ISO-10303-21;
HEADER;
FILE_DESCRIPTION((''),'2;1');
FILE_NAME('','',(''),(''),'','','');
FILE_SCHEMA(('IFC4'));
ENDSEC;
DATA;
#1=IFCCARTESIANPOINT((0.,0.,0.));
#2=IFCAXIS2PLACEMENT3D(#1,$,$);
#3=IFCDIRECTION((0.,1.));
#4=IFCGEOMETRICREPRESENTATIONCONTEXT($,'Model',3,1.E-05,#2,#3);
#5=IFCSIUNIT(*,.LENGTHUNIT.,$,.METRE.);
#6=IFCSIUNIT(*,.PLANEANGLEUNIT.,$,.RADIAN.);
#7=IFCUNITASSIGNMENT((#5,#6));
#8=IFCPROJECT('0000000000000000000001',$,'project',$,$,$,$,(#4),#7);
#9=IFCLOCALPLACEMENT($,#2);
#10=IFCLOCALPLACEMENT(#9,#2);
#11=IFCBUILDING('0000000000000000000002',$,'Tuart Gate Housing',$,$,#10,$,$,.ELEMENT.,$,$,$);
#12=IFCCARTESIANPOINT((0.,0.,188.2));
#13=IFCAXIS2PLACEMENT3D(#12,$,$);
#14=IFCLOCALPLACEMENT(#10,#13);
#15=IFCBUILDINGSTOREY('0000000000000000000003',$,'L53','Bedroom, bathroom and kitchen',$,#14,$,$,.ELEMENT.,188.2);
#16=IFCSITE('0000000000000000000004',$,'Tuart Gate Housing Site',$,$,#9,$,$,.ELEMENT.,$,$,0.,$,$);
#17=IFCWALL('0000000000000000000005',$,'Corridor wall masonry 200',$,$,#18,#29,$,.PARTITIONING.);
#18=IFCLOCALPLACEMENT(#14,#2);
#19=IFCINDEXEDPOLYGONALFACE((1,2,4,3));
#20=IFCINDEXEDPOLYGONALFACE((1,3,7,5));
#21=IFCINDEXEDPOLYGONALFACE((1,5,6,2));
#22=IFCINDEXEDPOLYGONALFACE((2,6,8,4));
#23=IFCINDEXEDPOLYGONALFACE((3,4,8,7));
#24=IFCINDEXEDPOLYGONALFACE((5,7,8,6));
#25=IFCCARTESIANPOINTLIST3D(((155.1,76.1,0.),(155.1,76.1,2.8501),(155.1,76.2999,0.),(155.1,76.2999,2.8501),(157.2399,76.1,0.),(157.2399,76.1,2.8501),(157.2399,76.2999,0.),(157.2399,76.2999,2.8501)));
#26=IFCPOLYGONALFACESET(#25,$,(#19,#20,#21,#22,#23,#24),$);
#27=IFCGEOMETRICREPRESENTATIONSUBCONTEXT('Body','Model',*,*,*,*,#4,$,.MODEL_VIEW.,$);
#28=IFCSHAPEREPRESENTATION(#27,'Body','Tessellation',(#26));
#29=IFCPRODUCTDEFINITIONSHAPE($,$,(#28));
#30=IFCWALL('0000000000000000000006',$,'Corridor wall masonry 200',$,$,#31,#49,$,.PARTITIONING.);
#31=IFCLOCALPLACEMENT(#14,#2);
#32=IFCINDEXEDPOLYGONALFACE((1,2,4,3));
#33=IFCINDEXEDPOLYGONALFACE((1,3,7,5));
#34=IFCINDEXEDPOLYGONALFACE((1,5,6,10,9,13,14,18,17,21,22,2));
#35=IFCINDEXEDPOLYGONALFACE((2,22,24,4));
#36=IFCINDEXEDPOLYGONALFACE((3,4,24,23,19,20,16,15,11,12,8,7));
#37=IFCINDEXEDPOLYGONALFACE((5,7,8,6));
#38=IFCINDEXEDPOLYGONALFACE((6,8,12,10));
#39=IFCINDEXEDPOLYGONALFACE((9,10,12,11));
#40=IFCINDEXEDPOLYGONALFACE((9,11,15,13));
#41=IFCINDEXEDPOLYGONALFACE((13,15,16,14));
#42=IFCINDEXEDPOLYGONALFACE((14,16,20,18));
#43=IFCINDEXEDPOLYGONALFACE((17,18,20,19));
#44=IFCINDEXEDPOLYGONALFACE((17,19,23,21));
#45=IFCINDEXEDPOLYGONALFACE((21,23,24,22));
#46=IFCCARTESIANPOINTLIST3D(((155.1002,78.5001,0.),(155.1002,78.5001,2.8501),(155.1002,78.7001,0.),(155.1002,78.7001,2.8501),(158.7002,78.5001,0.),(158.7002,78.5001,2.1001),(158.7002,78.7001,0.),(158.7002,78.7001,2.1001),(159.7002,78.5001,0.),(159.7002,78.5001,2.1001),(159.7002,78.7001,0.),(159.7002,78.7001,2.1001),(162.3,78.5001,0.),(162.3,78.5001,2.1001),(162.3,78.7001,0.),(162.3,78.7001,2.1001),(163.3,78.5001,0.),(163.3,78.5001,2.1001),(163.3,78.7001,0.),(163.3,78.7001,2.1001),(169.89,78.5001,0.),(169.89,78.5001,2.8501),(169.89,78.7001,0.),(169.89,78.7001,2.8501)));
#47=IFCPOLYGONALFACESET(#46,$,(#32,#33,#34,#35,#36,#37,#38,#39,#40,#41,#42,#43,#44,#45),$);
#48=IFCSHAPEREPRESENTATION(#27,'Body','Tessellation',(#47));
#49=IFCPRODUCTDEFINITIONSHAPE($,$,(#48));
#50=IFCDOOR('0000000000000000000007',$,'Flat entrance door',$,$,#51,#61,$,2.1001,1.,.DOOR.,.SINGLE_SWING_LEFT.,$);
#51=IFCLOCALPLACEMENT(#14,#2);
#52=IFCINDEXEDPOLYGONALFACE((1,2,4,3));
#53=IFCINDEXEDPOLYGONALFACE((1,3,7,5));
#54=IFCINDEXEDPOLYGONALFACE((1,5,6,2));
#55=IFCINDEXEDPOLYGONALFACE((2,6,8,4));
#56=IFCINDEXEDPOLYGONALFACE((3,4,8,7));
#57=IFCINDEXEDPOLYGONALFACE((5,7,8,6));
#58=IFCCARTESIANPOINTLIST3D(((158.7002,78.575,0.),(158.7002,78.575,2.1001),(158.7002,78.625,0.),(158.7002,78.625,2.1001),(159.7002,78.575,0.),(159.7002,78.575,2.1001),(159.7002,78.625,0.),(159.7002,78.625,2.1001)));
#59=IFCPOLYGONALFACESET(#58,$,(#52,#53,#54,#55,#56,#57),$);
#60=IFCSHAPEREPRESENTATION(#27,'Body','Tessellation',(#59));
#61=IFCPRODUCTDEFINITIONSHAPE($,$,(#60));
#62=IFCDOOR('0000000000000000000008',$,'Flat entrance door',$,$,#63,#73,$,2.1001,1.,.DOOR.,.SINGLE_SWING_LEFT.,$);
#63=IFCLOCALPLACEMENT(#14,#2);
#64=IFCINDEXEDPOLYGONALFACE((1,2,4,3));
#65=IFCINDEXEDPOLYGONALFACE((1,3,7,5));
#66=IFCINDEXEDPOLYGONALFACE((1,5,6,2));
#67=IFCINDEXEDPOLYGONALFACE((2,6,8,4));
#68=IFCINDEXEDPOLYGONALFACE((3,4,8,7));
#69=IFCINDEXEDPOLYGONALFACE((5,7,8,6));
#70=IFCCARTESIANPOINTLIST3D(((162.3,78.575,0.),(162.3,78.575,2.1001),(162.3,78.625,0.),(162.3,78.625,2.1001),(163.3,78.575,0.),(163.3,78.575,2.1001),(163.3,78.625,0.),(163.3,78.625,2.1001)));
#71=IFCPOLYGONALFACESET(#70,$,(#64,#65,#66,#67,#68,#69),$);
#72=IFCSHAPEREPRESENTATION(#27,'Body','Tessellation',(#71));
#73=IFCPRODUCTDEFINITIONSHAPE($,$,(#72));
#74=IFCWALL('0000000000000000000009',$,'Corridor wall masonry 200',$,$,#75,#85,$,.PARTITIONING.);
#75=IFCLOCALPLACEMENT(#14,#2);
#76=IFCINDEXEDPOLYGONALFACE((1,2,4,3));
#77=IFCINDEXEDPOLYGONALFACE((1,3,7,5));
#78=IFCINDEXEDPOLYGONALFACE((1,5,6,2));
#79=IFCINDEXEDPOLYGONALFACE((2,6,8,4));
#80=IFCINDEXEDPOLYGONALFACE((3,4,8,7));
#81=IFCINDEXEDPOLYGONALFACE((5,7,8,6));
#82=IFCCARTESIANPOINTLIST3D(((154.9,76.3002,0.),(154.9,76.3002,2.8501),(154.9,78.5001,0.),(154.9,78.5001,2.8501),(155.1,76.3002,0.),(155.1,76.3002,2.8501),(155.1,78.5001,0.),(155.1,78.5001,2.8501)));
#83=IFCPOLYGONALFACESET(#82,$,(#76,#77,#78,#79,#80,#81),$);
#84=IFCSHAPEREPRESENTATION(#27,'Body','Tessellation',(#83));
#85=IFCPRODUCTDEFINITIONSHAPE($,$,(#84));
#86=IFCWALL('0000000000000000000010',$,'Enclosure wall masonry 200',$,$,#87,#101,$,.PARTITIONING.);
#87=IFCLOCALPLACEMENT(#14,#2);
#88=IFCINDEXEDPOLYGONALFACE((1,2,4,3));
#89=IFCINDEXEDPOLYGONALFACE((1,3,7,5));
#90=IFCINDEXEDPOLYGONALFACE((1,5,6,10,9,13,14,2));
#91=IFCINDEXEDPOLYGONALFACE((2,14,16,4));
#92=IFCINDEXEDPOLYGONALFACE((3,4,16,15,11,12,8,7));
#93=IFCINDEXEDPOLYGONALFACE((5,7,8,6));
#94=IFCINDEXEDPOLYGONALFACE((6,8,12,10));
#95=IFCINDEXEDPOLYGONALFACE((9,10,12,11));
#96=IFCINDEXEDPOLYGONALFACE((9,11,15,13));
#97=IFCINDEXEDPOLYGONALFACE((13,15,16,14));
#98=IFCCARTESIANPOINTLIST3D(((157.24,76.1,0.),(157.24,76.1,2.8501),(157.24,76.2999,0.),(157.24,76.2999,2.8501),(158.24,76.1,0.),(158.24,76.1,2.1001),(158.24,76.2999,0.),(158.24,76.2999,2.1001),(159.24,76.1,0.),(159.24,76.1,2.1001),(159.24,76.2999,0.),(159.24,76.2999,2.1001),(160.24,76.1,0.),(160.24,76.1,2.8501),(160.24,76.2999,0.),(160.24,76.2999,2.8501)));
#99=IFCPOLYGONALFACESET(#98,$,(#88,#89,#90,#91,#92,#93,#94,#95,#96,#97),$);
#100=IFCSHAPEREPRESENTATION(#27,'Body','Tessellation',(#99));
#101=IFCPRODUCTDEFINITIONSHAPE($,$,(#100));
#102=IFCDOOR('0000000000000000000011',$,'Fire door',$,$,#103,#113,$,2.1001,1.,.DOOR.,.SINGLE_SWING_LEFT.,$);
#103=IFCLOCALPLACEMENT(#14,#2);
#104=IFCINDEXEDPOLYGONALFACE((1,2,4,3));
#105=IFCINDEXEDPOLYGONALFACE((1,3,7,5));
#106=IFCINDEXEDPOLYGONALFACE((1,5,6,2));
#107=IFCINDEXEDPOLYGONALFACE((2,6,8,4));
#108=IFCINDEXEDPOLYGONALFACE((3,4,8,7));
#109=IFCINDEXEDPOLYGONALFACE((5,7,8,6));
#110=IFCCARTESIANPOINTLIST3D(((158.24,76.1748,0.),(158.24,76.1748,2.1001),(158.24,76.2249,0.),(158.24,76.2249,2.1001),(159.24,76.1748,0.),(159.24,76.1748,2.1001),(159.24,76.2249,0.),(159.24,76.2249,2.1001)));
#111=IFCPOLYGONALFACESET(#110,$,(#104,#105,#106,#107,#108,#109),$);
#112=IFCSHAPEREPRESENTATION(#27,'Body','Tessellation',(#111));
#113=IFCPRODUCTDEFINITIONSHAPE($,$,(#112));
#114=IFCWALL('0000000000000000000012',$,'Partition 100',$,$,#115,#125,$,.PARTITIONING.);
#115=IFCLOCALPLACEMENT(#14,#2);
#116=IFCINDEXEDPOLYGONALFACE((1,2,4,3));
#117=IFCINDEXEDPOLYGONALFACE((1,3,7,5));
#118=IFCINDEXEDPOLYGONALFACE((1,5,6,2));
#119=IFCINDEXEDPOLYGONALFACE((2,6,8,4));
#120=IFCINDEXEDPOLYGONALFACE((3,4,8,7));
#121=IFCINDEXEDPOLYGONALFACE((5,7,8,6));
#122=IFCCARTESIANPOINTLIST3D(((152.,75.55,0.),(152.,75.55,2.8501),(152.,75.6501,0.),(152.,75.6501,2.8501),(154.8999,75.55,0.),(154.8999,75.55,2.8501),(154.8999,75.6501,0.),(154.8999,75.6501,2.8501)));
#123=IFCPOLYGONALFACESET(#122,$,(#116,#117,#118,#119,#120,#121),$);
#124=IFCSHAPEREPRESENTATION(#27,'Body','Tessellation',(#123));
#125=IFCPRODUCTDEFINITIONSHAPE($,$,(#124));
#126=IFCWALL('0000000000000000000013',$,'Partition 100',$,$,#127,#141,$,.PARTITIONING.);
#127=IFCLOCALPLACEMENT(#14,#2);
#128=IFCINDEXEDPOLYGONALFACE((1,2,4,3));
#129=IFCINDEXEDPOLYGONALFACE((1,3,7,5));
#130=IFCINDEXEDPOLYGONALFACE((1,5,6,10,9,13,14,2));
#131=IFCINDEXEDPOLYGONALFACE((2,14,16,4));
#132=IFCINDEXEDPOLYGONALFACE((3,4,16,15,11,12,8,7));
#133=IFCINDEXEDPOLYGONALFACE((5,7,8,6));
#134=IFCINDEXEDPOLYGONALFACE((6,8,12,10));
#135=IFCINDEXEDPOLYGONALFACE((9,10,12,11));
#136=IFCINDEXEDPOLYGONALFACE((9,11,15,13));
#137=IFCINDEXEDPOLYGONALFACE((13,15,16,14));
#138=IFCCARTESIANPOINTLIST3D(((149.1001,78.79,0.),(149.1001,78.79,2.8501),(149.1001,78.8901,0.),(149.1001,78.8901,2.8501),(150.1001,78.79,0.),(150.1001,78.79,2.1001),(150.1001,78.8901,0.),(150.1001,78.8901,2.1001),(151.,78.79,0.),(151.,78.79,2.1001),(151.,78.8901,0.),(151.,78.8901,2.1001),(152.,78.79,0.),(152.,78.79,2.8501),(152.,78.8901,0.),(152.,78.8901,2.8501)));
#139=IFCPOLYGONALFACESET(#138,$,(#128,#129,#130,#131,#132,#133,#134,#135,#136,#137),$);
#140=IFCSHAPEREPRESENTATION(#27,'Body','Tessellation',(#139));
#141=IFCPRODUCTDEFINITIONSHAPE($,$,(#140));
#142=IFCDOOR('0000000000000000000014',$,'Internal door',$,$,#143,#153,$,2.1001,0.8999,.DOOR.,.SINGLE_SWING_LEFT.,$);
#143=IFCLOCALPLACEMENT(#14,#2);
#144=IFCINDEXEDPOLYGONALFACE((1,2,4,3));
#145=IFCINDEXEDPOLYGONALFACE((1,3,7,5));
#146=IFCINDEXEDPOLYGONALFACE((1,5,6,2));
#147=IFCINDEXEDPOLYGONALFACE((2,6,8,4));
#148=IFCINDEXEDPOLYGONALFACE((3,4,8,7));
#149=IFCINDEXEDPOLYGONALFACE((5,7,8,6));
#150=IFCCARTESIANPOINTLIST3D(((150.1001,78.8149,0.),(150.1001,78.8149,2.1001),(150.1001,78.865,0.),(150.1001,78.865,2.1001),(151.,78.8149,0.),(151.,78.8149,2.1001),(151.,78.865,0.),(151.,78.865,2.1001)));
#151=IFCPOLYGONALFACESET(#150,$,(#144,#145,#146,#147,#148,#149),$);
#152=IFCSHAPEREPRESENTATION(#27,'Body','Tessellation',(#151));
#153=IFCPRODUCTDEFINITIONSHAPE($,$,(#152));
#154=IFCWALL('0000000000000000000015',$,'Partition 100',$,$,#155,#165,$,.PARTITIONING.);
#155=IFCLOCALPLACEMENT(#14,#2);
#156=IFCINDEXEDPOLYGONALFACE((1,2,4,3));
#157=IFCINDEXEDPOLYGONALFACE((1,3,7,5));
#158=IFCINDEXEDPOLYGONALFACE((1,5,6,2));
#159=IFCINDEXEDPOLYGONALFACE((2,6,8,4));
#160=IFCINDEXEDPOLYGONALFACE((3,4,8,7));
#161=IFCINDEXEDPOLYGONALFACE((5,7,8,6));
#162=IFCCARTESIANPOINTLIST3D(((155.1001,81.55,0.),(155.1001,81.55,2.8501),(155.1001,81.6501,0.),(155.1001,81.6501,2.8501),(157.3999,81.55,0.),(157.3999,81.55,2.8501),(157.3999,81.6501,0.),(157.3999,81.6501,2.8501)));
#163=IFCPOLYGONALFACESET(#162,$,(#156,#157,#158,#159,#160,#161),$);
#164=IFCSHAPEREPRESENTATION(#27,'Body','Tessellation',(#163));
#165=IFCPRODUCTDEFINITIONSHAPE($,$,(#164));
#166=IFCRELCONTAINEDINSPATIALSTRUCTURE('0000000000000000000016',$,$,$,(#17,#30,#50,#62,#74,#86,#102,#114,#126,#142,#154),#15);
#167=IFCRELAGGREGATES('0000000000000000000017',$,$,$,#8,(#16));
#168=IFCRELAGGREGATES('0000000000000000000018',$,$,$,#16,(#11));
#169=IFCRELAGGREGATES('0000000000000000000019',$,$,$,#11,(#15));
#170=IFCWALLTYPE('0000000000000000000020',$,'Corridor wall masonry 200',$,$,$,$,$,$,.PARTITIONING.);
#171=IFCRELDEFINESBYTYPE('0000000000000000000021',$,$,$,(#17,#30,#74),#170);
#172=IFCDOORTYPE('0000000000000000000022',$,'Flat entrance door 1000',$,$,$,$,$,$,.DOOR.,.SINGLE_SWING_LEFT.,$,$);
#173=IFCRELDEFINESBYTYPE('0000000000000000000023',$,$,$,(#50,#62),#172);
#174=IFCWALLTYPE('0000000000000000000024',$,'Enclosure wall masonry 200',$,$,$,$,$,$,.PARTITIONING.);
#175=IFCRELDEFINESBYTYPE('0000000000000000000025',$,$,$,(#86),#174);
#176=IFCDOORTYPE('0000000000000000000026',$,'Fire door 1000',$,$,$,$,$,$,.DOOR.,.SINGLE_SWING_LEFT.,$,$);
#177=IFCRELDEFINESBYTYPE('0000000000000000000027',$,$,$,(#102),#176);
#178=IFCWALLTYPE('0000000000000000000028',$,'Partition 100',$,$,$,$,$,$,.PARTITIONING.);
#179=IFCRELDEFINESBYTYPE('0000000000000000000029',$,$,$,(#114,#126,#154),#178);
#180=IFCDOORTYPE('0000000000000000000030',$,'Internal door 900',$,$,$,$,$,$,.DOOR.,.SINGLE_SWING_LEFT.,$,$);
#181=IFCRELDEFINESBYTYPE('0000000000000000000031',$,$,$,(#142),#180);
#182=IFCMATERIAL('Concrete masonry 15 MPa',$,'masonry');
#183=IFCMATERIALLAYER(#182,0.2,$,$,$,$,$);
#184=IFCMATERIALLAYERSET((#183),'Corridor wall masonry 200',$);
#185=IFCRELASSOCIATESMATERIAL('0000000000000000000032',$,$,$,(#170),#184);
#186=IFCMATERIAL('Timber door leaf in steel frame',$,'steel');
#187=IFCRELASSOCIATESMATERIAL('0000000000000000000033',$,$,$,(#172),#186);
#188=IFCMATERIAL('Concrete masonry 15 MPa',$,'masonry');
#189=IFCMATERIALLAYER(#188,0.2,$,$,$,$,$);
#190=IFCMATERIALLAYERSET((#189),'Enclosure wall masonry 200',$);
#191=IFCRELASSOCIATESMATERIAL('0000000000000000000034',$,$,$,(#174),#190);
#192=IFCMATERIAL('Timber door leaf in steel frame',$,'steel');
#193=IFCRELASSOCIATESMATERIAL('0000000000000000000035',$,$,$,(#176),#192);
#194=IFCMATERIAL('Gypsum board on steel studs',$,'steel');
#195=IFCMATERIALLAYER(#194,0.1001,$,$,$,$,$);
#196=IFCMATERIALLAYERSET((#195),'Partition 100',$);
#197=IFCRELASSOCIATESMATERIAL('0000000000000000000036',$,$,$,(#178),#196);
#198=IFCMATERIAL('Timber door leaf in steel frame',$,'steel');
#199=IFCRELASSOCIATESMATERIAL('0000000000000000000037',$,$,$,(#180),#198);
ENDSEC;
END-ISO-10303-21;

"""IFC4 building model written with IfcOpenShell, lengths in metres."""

from ifc_helpers import new_model, si_unit, direction, frame, frame_2d, origin, place, context, subcontext, project, spatial, rectangle, extrude, material, layer, layer_set, type_object, element, fill, save


model = new_model("IFC4")

# Units and contexts
model_context = context("Model", 3, precision=1e-05, world=origin(), true_north=direction((0.0, 1.0)))
body_context = subcontext(model_context, "Body", "Model", "MODEL_VIEW")
ifc_project = project(units=[si_unit("LENGTHUNIT", "METRE"), si_unit("PLANEANGLEUNIT", "RADIAN")], contexts=[model_context])

# Site, building, storey
site_placement = place(None, origin())
site = spatial("IfcSite", under=ifc_project, at=site_placement, Name="Tuart Gate Housing Site", CompositionType="ELEMENT", RefElevation=0.0)
building_placement = place(site_placement, origin())
building = spatial("IfcBuilding", under=site, at=building_placement, Name="Tuart Gate Housing", CompositionType="ELEMENT")
storey_placement = place(building_placement, frame((0.0, 0.0, 188.2)))
storey = spatial("IfcBuildingStorey", under=building, at=storey_placement, Name="L53", Description="Bedroom, bathroom and kitchen", CompositionType="ELEMENT", Elevation=188.2)

# Wall
ifc_material_1 = material(Name="Concrete masonry 15 MPa", Category="masonry")
ifc_layer_1 = layer(ifc_material_1, 0.2)
ifc_layer_set_1 = layer_set([ifc_layer_1], Name="Corridor wall masonry 200")
wall_type_1 = type_object("IfcWallType", Name="Corridor wall masonry 200", PredefinedType="PARTITIONING", material=ifc_layer_set_1)
wall_1_placement = place(storey_placement, frame((155.1001, 76.2, 0.0), z_axis=(0.0, 0.0, 1.0), x_axis=(1.0, 0.0, 0.0)))
element("IfcWall", 1, at=wall_1_placement, inside=storey, type_object=wall_type_1, Name="Corridor wall masonry 200", PredefinedType="PARTITIONING", context=body_context, shape_type="SweptSolid", body=[
    extrude(rectangle(XDim=2.1399, YDim=0.2, at=frame_2d((1.0698, 0.0))), origin(), (0.0, 0.0, 1.0), 2.8501),
])

# Wall, openings, doors
wall_2_placement = place(storey_placement, frame((155.1001, 78.6001, 0.0), z_axis=(0.0, 0.0, 1.0), x_axis=(1.0, 0.0, 0.0)))
wall_2 = element("IfcWall", 2, at=wall_2_placement, inside=storey, type_object=wall_type_1, Name="Corridor wall masonry 200", PredefinedType="PARTITIONING", context=body_context, shape_type="SweptSolid", body=[
    extrude(rectangle(XDim=14.7898, YDim=0.2, at=frame_2d((7.395, 0.0))), origin(), (0.0, 0.0, 1.0), 2.8501),
])
opening_1_placement = place(wall_2_placement, frame((3.6001, 0.0, 0.0)))
opening_1 = element("IfcOpeningElement", 3, at=opening_1_placement, cuts=wall_2, PredefinedType="OPENING", context=body_context, shape_type="SweptSolid", body=[
    extrude(rectangle(XDim=1.0, YDim=2.1001, at=frame_2d((0.5, 1.05))), frame((0.0, 0.1099, 0.0), z_axis=(0.0, -1.0, 0.0), x_axis=(1.0, 0.0, 0.0)), (0.0, 0.0, 1.0), 0.22),
])
opening_2_placement = place(wall_2_placement, frame((7.2, 0.0, 0.0)))
opening_2 = element("IfcOpeningElement", 4, at=opening_2_placement, cuts=wall_2, PredefinedType="OPENING", context=body_context, shape_type="SweptSolid", body=[
    extrude(rectangle(XDim=1.0, YDim=2.1001, at=frame_2d((0.5, 1.05))), frame((0.0, 0.1099, 0.0), z_axis=(0.0, -1.0, 0.0), x_axis=(1.0, 0.0, 0.0)), (0.0, 0.0, 1.0), 0.22),
])
ifc_material_2 = material(Name="Timber door leaf in steel frame", Category="steel")
door_type_1 = type_object("IfcDoorType", Name="Flat entrance door 1000", OperationType="SINGLE_SWING_LEFT", PredefinedType="DOOR", material=ifc_material_2)
door_1_placement = place(opening_1_placement, origin())
door_1 = element("IfcDoor", 5, at=door_1_placement, inside=storey, type_object=door_type_1, Name="Flat entrance door", OperationType="SINGLE_SWING_LEFT", OverallHeight=2.1001, OverallWidth=1.0, PredefinedType="DOOR", context=body_context, shape_type="SweptSolid", body=[
    extrude(rectangle(XDim=1.0, YDim=2.1001, at=frame_2d((0.5, 1.05))), frame((0.0, 0.0249, 0.0), z_axis=(0.0, -1.0, 0.0), x_axis=(1.0, 0.0, 0.0)), (0.0, 0.0, 1.0), 0.05),
])
fill(opening_1, door_1)
door_2_placement = place(opening_2_placement, origin())
door_2 = element("IfcDoor", 6, at=door_2_placement, inside=storey, type_object=door_type_1, Name="Flat entrance door", OperationType="SINGLE_SWING_LEFT", OverallHeight=2.1001, OverallWidth=1.0, PredefinedType="DOOR", context=body_context, shape_type="SweptSolid", body=[
    extrude(rectangle(XDim=1.0, YDim=2.1001, at=frame_2d((0.5, 1.05))), frame((0.0, 0.0249, 0.0), z_axis=(0.0, -1.0, 0.0), x_axis=(1.0, 0.0, 0.0)), (0.0, 0.0, 1.0), 0.05),
])
fill(opening_2, door_2)

# Wall
wall_3_placement = place(storey_placement, frame((155.0, 76.3, 0.0), z_axis=(0.0, 0.0, 1.0), x_axis=(0.0, 1.0, 0.0)))
element("IfcWall", 7, at=wall_3_placement, inside=storey, type_object=wall_type_1, Name="Corridor wall masonry 200", PredefinedType="PARTITIONING", context=body_context, shape_type="SweptSolid", body=[
    extrude(rectangle(XDim=2.2, YDim=0.2, at=frame_2d((1.1001, 0.0))), origin(), (0.0, 0.0, 1.0), 2.8501),
])

# Wall, opening, door
ifc_material_3 = material(Name="Concrete masonry 15 MPa", Category="masonry")
ifc_layer_2 = layer(ifc_material_3, 0.2)
ifc_layer_set_2 = layer_set([ifc_layer_2], Name="Enclosure wall masonry 200")
wall_type_2 = type_object("IfcWallType", Name="Enclosure wall masonry 200", PredefinedType="PARTITIONING", material=ifc_layer_set_2)
wall_4_placement = place(storey_placement, frame((157.24, 76.2, 0.0), z_axis=(0.0, 0.0, 1.0), x_axis=(1.0, 0.0, 0.0)))
wall_4 = element("IfcWall", 8, at=wall_4_placement, inside=storey, type_object=wall_type_2, Name="Enclosure wall masonry 200", PredefinedType="PARTITIONING", context=body_context, shape_type="SweptSolid", body=[
    extrude(rectangle(XDim=3.0, YDim=0.2, at=frame_2d((1.5, 0.0))), origin(), (0.0, 0.0, 1.0), 2.8501),
])
opening_3_placement = place(wall_4_placement, frame((1.0, 0.0, 0.0)))
opening_3 = element("IfcOpeningElement", 9, at=opening_3_placement, cuts=wall_4, PredefinedType="OPENING", context=body_context, shape_type="SweptSolid", body=[
    extrude(rectangle(XDim=1.0, YDim=2.1001, at=frame_2d((0.5, 1.05))), frame((0.0, 0.1099, 0.0), z_axis=(0.0, -1.0, 0.0), x_axis=(1.0, 0.0, 0.0)), (0.0, 0.0, 1.0), 0.22),
])
ifc_material_4 = material(Name="Timber door leaf in steel frame", Category="steel")
door_type_2 = type_object("IfcDoorType", Name="Fire door 1000", OperationType="SINGLE_SWING_LEFT", PredefinedType="DOOR", material=ifc_material_4)
door_3_placement = place(opening_3_placement, origin())
door_3 = element("IfcDoor", 10, at=door_3_placement, inside=storey, type_object=door_type_2, Name="Fire door", OperationType="SINGLE_SWING_LEFT", OverallHeight=2.1001, OverallWidth=1.0, PredefinedType="DOOR", context=body_context, shape_type="SweptSolid", body=[
    extrude(rectangle(XDim=1.0, YDim=2.1001, at=frame_2d((0.5, 1.05))), frame((0.0, 0.0249, 0.0), z_axis=(0.0, -1.0, 0.0), x_axis=(1.0, 0.0, 0.0)), (0.0, 0.0, 1.0), 0.05),
])
fill(opening_3, door_3)

# Wall
ifc_material_5 = material(Name="Gypsum board on steel studs", Category="steel")
ifc_layer_3 = layer(ifc_material_5, 0.1001)
ifc_layer_set_3 = layer_set([ifc_layer_3], Name="Partition 100")
wall_type_3 = type_object("IfcWallType", Name="Partition 100", PredefinedType="PARTITIONING", material=ifc_layer_set_3)
wall_5_placement = place(storey_placement, frame((152.0, 75.6001, 0.0), z_axis=(0.0, 0.0, 1.0), x_axis=(1.0, 0.0, 0.0)))
element("IfcWall", 11, at=wall_5_placement, inside=storey, type_object=wall_type_3, Name="Partition 100", PredefinedType="PARTITIONING", context=body_context, shape_type="SweptSolid", body=[
    extrude(rectangle(XDim=2.8999, YDim=0.1001, at=frame_2d((1.45, 0.0))), origin(), (0.0, 0.0, 1.0), 2.8501),
])

# Wall, opening, door
wall_6_placement = place(storey_placement, frame((149.1001, 78.8401, 0.0), z_axis=(0.0, 0.0, 1.0), x_axis=(1.0, 0.0, 0.0)))
wall_6 = element("IfcWall", 12, at=wall_6_placement, inside=storey, type_object=wall_type_3, Name="Partition 100", PredefinedType="PARTITIONING", context=body_context, shape_type="SweptSolid", body=[
    extrude(rectangle(XDim=2.8999, YDim=0.1001, at=frame_2d((1.45, 0.0))), origin(), (0.0, 0.0, 1.0), 2.8501),
])
opening_4_placement = place(wall_6_placement, frame((1.0, 0.0, 0.0)))
opening_4 = element("IfcOpeningElement", 13, at=opening_4_placement, cuts=wall_6, PredefinedType="OPENING", context=body_context, shape_type="SweptSolid", body=[
    extrude(rectangle(XDim=0.8999, YDim=2.1001, at=frame_2d((0.45, 1.05))), frame((0.0, 0.0601, 0.0), z_axis=(0.0, -1.0, 0.0), x_axis=(1.0, 0.0, 0.0)), (0.0, 0.0, 1.0), 0.1201),
])
ifc_material_6 = material(Name="Timber door leaf in steel frame", Category="steel")
door_type_3 = type_object("IfcDoorType", Name="Internal door 900", OperationType="SINGLE_SWING_LEFT", PredefinedType="DOOR", material=ifc_material_6)
door_4_placement = place(opening_4_placement, frame((0.8999, 0.0, 0.0), z_axis=(0.0, 0.0, 1.0), x_axis=(-1.0, 0.0, 0.0)))
door_4 = element("IfcDoor", 14, at=door_4_placement, inside=storey, type_object=door_type_3, Name="Internal door", OperationType="SINGLE_SWING_LEFT", OverallHeight=2.1001, OverallWidth=0.8999, PredefinedType="DOOR", context=body_context, shape_type="SweptSolid", body=[
    extrude(rectangle(XDim=0.8999, YDim=2.1001, at=frame_2d((0.45, 1.05))), frame((0.0, 0.0251, 0.0), z_axis=(0.0, -1.0, 0.0), x_axis=(1.0, 0.0, 0.0)), (0.0, 0.0, 1.0), 0.05),
])
fill(opening_4, door_4)

# Wall
wall_7_placement = place(storey_placement, frame((155.1001, 81.6001, 0.0), z_axis=(0.0, 0.0, 1.0), x_axis=(1.0, 0.0, 0.0)))
element("IfcWall", 15, at=wall_7_placement, inside=storey, type_object=wall_type_3, Name="Partition 100", PredefinedType="PARTITIONING", context=body_context, shape_type="SweptSolid", body=[
    extrude(rectangle(XDim=2.2998, YDim=0.1001, at=frame_2d((1.1499, 0.0))), origin(), (0.0, 0.0, 1.0), 2.8501),
])

save(model, "model.ifc")
